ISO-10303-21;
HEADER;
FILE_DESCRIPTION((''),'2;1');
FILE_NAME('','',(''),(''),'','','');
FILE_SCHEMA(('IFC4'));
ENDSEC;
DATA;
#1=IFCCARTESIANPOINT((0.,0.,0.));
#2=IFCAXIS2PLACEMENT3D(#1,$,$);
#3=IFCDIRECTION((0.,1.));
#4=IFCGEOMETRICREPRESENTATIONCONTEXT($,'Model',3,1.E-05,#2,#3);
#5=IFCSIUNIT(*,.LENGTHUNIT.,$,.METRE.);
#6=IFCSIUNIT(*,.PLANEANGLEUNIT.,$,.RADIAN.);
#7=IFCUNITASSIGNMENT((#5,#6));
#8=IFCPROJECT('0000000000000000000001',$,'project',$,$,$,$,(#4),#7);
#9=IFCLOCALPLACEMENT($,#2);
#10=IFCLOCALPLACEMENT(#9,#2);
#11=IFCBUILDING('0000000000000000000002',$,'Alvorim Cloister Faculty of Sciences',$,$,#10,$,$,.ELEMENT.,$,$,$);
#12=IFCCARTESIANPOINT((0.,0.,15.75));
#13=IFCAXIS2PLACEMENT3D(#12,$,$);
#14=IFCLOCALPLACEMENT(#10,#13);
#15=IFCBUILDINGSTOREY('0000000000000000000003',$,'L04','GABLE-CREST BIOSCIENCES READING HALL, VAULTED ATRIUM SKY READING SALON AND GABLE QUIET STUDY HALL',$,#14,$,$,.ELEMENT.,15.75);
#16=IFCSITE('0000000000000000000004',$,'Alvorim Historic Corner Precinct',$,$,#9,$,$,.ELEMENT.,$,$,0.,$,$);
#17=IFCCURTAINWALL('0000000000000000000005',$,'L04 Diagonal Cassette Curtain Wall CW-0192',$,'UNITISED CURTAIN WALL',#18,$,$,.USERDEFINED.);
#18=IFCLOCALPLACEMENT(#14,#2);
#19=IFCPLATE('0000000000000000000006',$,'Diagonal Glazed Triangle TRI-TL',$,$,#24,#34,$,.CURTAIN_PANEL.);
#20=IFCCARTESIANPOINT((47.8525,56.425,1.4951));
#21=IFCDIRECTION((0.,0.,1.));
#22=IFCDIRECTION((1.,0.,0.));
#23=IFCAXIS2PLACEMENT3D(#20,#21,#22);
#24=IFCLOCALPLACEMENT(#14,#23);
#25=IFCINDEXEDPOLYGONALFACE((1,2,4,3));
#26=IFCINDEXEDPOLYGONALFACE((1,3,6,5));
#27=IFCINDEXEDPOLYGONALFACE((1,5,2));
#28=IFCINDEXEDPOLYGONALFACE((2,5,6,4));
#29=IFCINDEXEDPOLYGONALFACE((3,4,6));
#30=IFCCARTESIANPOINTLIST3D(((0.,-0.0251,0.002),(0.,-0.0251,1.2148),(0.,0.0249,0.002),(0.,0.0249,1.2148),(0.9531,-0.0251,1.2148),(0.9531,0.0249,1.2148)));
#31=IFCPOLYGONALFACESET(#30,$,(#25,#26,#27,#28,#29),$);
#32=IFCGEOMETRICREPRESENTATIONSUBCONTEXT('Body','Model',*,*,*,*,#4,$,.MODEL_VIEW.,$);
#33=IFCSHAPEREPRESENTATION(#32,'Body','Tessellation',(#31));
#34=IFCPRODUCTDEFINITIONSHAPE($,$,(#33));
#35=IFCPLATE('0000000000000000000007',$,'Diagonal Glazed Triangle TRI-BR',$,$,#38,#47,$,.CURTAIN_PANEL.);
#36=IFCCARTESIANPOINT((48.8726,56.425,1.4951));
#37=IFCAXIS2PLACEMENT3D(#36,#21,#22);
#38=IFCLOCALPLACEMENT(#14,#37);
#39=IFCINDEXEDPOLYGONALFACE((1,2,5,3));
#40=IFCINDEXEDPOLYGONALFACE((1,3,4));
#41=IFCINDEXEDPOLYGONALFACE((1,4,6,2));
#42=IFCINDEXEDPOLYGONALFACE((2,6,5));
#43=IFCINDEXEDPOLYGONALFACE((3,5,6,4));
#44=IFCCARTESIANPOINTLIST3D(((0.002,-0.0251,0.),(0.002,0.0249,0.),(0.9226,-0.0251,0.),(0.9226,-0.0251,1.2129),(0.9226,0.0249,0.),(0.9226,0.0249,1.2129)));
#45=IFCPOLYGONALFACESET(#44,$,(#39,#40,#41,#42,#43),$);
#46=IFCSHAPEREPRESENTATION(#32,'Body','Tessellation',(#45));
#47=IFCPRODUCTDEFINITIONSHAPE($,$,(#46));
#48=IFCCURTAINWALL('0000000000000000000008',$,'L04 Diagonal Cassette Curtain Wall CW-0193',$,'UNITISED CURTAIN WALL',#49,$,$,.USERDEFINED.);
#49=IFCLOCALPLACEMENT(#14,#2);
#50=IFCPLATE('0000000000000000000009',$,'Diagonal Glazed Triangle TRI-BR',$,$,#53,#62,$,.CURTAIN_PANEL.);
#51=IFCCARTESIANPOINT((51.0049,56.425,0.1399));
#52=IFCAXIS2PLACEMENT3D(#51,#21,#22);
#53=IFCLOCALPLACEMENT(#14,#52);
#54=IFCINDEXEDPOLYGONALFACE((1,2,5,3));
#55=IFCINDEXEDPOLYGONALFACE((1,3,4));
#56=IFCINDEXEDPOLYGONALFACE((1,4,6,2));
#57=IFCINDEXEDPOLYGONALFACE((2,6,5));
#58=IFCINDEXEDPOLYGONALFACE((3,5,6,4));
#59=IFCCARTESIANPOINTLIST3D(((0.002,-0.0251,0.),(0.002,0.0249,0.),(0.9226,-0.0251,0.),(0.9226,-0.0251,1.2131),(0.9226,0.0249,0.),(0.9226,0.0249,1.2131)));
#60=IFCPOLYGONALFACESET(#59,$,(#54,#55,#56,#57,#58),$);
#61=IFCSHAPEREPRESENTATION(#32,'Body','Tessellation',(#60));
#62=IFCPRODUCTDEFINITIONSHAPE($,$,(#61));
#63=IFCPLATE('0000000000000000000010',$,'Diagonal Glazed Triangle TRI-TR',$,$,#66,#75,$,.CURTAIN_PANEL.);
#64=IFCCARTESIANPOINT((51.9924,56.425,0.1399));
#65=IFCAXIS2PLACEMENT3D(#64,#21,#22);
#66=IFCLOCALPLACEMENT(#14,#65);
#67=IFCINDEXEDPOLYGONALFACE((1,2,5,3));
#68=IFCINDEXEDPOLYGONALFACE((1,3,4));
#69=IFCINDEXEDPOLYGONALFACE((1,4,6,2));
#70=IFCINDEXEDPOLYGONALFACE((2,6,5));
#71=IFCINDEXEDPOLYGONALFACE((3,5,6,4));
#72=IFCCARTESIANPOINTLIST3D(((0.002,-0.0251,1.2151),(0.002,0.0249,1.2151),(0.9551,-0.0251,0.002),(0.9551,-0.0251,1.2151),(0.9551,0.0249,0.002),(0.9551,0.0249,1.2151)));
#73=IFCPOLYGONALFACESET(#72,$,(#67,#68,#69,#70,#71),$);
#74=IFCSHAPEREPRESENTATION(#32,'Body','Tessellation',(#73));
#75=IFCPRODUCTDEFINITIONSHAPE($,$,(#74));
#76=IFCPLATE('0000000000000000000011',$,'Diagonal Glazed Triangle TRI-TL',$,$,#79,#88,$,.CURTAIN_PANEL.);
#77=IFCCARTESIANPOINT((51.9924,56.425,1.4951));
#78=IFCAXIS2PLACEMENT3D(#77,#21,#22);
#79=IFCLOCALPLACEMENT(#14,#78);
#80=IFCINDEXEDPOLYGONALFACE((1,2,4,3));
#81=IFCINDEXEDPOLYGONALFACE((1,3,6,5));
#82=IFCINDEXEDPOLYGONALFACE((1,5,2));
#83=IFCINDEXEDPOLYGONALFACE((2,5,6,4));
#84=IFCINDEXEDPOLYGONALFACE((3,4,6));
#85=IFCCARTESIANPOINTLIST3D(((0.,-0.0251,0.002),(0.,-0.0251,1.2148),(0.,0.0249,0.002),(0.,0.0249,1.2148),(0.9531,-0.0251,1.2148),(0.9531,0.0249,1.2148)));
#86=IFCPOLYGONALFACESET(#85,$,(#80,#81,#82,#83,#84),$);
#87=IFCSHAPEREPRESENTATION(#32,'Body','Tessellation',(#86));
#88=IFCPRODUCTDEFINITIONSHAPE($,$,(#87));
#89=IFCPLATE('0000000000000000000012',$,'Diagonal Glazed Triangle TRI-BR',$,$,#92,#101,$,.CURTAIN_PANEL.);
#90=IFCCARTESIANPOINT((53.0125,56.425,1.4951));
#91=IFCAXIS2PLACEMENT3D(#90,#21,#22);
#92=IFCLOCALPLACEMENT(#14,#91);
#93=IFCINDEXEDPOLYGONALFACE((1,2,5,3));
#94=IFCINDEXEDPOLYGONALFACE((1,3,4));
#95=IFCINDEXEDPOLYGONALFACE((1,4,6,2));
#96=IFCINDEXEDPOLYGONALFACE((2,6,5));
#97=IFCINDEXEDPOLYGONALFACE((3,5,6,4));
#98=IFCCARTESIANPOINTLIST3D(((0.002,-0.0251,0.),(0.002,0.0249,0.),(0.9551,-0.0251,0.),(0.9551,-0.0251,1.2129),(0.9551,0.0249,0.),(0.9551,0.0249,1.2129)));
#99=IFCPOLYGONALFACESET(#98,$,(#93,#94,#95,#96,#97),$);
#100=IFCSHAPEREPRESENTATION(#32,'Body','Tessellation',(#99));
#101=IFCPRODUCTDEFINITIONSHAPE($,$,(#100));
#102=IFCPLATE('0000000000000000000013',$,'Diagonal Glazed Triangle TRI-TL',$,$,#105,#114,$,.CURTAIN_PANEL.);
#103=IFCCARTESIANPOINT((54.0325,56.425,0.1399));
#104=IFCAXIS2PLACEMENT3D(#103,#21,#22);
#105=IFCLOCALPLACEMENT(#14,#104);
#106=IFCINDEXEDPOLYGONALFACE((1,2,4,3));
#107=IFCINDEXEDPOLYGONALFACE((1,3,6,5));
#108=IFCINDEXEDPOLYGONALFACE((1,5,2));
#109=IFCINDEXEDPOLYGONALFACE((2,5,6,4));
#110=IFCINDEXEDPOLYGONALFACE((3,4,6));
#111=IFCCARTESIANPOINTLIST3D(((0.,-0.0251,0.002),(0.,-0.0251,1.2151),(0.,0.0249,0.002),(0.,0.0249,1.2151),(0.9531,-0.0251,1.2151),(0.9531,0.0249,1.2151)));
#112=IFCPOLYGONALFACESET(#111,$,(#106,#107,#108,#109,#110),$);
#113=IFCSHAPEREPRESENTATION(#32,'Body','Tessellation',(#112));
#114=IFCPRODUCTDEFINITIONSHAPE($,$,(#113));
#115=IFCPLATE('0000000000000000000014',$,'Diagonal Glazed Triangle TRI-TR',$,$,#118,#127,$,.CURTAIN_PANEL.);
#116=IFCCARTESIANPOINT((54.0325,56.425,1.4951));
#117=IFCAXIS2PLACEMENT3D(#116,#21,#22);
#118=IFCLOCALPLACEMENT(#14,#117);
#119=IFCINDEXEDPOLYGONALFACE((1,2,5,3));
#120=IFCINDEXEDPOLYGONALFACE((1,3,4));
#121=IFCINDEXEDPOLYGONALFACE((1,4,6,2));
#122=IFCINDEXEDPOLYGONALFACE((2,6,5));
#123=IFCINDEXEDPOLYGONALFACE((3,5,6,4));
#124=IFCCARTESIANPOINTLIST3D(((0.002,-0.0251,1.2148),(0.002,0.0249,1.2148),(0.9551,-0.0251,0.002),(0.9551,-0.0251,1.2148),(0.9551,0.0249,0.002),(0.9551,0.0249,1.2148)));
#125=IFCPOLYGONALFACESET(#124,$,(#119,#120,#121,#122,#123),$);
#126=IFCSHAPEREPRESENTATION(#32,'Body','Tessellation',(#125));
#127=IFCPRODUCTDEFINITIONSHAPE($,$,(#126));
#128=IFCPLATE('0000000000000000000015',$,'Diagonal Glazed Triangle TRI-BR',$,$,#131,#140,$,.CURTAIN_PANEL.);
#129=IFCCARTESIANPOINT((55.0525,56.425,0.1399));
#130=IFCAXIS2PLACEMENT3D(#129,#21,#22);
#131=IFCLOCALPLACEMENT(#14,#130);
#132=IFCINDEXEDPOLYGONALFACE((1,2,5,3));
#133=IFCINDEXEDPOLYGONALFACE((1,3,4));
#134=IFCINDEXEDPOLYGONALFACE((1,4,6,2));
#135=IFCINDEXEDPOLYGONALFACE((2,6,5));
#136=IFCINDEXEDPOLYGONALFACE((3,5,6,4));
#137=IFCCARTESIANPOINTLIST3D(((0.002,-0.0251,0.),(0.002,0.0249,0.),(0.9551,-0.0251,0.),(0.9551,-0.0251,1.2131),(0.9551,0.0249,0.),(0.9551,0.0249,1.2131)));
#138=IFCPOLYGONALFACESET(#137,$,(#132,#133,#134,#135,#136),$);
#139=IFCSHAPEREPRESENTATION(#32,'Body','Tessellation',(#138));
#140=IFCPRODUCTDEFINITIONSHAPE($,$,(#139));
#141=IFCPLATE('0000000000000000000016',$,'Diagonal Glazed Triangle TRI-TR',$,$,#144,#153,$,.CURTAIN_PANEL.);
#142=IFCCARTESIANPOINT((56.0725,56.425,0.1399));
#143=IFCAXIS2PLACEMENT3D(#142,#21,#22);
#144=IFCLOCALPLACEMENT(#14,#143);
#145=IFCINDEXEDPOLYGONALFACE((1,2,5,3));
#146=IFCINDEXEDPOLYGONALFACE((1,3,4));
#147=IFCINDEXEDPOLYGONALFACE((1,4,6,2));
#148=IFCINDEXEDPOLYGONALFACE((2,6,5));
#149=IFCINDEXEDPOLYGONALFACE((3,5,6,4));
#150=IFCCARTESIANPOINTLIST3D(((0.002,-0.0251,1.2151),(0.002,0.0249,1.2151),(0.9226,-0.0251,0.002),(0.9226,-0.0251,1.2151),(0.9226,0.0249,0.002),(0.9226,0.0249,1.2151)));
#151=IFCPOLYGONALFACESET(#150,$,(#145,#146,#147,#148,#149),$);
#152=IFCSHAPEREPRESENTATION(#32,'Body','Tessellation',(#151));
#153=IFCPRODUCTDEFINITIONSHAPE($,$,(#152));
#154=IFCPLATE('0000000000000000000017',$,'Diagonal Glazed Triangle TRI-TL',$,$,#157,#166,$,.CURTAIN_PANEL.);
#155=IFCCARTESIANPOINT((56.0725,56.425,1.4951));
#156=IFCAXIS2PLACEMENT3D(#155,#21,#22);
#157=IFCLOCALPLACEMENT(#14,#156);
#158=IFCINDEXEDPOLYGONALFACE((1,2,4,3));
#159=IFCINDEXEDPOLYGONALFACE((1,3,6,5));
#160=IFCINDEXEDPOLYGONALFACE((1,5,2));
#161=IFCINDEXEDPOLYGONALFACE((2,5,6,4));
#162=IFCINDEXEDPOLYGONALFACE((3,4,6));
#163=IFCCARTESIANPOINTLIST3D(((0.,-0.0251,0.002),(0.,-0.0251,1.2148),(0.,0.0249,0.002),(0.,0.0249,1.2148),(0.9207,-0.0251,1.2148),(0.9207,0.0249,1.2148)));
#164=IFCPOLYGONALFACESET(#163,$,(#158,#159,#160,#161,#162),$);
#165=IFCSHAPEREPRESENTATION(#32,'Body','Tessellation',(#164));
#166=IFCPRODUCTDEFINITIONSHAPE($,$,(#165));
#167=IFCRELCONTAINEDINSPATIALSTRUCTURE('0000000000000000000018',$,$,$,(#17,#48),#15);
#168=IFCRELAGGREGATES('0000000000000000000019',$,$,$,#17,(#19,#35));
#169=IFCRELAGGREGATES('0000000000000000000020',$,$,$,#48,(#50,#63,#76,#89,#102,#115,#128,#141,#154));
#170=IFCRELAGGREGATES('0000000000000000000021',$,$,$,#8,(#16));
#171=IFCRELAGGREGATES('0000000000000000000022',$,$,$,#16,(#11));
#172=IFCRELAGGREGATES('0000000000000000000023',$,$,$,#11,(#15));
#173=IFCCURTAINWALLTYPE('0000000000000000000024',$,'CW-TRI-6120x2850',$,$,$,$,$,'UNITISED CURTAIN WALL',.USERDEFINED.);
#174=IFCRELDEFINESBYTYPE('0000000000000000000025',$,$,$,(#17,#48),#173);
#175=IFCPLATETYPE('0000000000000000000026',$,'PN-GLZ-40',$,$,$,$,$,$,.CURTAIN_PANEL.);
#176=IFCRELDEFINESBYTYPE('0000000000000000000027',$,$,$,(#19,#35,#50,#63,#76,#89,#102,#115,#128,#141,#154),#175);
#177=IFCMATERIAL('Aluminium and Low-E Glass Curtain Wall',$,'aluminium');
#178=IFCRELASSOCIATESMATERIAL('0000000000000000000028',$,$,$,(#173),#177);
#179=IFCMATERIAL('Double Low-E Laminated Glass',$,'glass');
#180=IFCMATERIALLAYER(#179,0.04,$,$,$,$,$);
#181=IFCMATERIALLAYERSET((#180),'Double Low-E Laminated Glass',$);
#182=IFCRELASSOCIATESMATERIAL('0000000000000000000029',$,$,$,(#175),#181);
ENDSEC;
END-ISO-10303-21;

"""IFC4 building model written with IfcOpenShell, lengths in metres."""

from ifc_helpers import new_model, si_unit, direction, frame, origin, place, context, subcontext, project, spatial, polyline, outline, extrude, material, layer, layer_set, type_object, element, aggregate, save


model = new_model("IFC4")

# Units and contexts
model_context = context("Model", 3, precision=1e-05, world=origin(), true_north=direction((0.0, 1.0)))
body_context = subcontext(model_context, "Body", "Model", "MODEL_VIEW")
ifc_project = project(units=[si_unit("LENGTHUNIT", "METRE"), si_unit("PLANEANGLEUNIT", "RADIAN")], contexts=[model_context])

# Site, building, storey
site_placement = place(None, origin())
site = spatial("IfcSite", under=ifc_project, at=site_placement, Name="Alvorim Historic Corner Precinct", CompositionType="ELEMENT", RefElevation=0.0)
building_placement = place(site_placement, origin())
building = spatial("IfcBuilding", under=site, at=building_placement, Name="Alvorim Cloister Faculty of Sciences", CompositionType="ELEMENT")
storey_placement = place(building_placement, frame((0.0, 0.0, 15.75)))
storey = spatial("IfcBuildingStorey", under=building, at=storey_placement, Name="L04", Description="GABLE-CREST BIOSCIENCES READING HALL, VAULTED ATRIUM SKY READING SALON AND GABLE QUIET STUDY HALL", CompositionType="ELEMENT", Elevation=15.75)

# Curtain walls, plates
ifc_material_1 = material(Name="Aluminium and Low-E Glass Curtain Wall", Category="aluminium")
curtain_wall_type = type_object("IfcCurtainWallType", Name="CW-TRI-6120x2850", ElementType="UNITISED CURTAIN WALL", PredefinedType="USERDEFINED", material=ifc_material_1)
curtain_wall_1_placement = place(storey_placement, origin())
curtain_wall_1 = element("IfcCurtainWall", 1, at=curtain_wall_1_placement, inside=storey, type_object=curtain_wall_type, Name="L04 Diagonal Cassette Curtain Wall CW-0192", ObjectType="UNITISED CURTAIN WALL", PredefinedType="USERDEFINED")
ifc_material_2 = material(Name="Double Low-E Laminated Glass", Category="glass")
ifc_layer_1 = layer(ifc_material_2, 0.04)
ifc_layer_set_1 = layer_set([ifc_layer_1], Name="Double Low-E Laminated Glass")
plate_type = type_object("IfcPlateType", Name="PN-GLZ-40", PredefinedType="CURTAIN_PANEL", material=ifc_layer_set_1)
plate_1_placement = place(storey_placement, frame((47.8525, 56.425, 1.4951), z_axis=(0.0, 0.0, 1.0), x_axis=(1.0, 0.0, 0.0)))
plate_1 = element("IfcPlate", 2, at=plate_1_placement, type_object=plate_type, Name="Diagonal Glazed Triangle TRI-TL", PredefinedType="CURTAIN_PANEL", context=body_context, shape_type="SweptSolid", body=[
    extrude(outline(polyline([(0.9531, 1.2148), (0.0, 1.2148), (0.0, 0.002), (0.9531, 1.2148)])), frame((0.0, 0.0249, 0.0), z_axis=(0.0, -1.0, 0.0), x_axis=(1.0, 0.0, 0.0)), (0.0, 0.0, 1.0), 0.05),
])
plate_2_placement = place(storey_placement, frame((48.8726, 56.425, 1.4951), z_axis=(0.0, 0.0, 1.0), x_axis=(1.0, 0.0, 0.0)))
plate_2 = element("IfcPlate", 3, at=plate_2_placement, type_object=plate_type, Name="Diagonal Glazed Triangle TRI-BR", PredefinedType="CURTAIN_PANEL", context=body_context, shape_type="SweptSolid", body=[
    extrude(outline(polyline([(0.002, 0.0), (0.9226, 0.0), (0.9226, 1.2129), (0.002, 0.0)])), frame((0.0, 0.0249, 0.0), z_axis=(0.0, -1.0, 0.0), x_axis=(1.0, 0.0, 0.0)), (0.0, 0.0, 1.0), 0.05),
])
aggregate(curtain_wall_1, [plate_1, plate_2])
curtain_wall_2_placement = place(storey_placement, origin())
curtain_wall_2 = element("IfcCurtainWall", 4, at=curtain_wall_2_placement, inside=storey, type_object=curtain_wall_type, Name="L04 Diagonal Cassette Curtain Wall CW-0193", ObjectType="UNITISED CURTAIN WALL", PredefinedType="USERDEFINED")
plate_3_placement = place(storey_placement, frame((51.0049, 56.425, 0.1399), z_axis=(0.0, 0.0, 1.0), x_axis=(1.0, 0.0, 0.0)))
plate_3 = element("IfcPlate", 5, at=plate_3_placement, type_object=plate_type, Name="Diagonal Glazed Triangle TRI-BR", PredefinedType="CURTAIN_PANEL", context=body_context, shape_type="SweptSolid", body=[
    extrude(outline(polyline([(0.002, 0.0), (0.9226, 0.0), (0.9226, 1.2131), (0.002, 0.0)])), frame((0.0, 0.0249, 0.0), z_axis=(0.0, -1.0, 0.0), x_axis=(1.0, 0.0, 0.0)), (0.0, 0.0, 1.0), 0.05),
])
plate_4_placement = place(storey_placement, frame((51.9924, 56.425, 0.1399), z_axis=(0.0, 0.0, 1.0), x_axis=(1.0, 0.0, 0.0)))
plate_4 = element("IfcPlate", 6, at=plate_4_placement, type_object=plate_type, Name="Diagonal Glazed Triangle TRI-TR", PredefinedType="CURTAIN_PANEL", context=body_context, shape_type="SweptSolid", body=[
    extrude(outline(polyline([(0.9551, 0.002), (0.9551, 1.2151), (0.002, 1.2151), (0.9551, 0.002)])), frame((0.0, 0.0249, 0.0), z_axis=(0.0, -1.0, 0.0), x_axis=(1.0, 0.0, 0.0)), (0.0, 0.0, 1.0), 0.05),
])
plate_5_placement = place(storey_placement, frame((51.9924, 56.425, 1.4951), z_axis=(0.0, 0.0, 1.0), x_axis=(1.0, 0.0, 0.0)))
plate_5 = element("IfcPlate", 7, at=plate_5_placement, type_object=plate_type, Name="Diagonal Glazed Triangle TRI-TL", PredefinedType="CURTAIN_PANEL", context=body_context, shape_type="SweptSolid", body=[
    extrude(outline(polyline([(0.9531, 1.2148), (0.0, 1.2148), (0.0, 0.002), (0.9531, 1.2148)])), frame((0.0, 0.0249, 0.0), z_axis=(0.0, -1.0, 0.0), x_axis=(1.0, 0.0, 0.0)), (0.0, 0.0, 1.0), 0.05),
])
plate_6_placement = place(storey_placement, frame((53.0125, 56.425, 1.4951), z_axis=(0.0, 0.0, 1.0), x_axis=(1.0, 0.0, 0.0)))
plate_6 = element("IfcPlate", 8, at=plate_6_placement, type_object=plate_type, Name="Diagonal Glazed Triangle TRI-BR", PredefinedType="CURTAIN_PANEL", context=body_context, shape_type="SweptSolid", body=[
    extrude(outline(polyline([(0.002, 0.0), (0.9551, 0.0), (0.9551, 1.2129), (0.002, 0.0)])), frame((0.0, 0.0249, 0.0), z_axis=(0.0, -1.0, 0.0), x_axis=(1.0, 0.0, 0.0)), (0.0, 0.0, 1.0), 0.05),
])
plate_7_placement = place(storey_placement, frame((54.0325, 56.425, 0.1399), z_axis=(0.0, 0.0, 1.0), x_axis=(1.0, 0.0, 0.0)))
plate_7 = element("IfcPlate", 9, at=plate_7_placement, type_object=plate_type, Name="Diagonal Glazed Triangle TRI-TL", PredefinedType="CURTAIN_PANEL", context=body_context, shape_type="SweptSolid", body=[
    extrude(outline(polyline([(0.9531, 1.2151), (0.0, 1.2151), (0.0, 0.002), (0.9531, 1.2151)])), frame((0.0, 0.0249, 0.0), z_axis=(0.0, -1.0, 0.0), x_axis=(1.0, 0.0, 0.0)), (0.0, 0.0, 1.0), 0.05),
])
plate_8_placement = place(storey_placement, frame((54.0325, 56.425, 1.4951), z_axis=(0.0, 0.0, 1.0), x_axis=(1.0, 0.0, 0.0)))
plate_8 = element("IfcPlate", 10, at=plate_8_placement, type_object=plate_type, Name="Diagonal Glazed Triangle TRI-TR", PredefinedType="CURTAIN_PANEL", context=body_context, shape_type="SweptSolid", body=[
    extrude(outline(polyline([(0.9551, 0.002), (0.9551, 1.2148), (0.002, 1.2148), (0.9551, 0.002)])), frame((0.0, 0.0249, 0.0), z_axis=(0.0, -1.0, 0.0), x_axis=(1.0, 0.0, 0.0)), (0.0, 0.0, 1.0), 0.05),
])
plate_9_placement = place(storey_placement, frame((55.0525, 56.425, 0.1399), z_axis=(0.0, 0.0, 1.0), x_axis=(1.0, 0.0, 0.0)))
plate_9 = element("IfcPlate", 11, at=plate_9_placement, type_object=plate_type, Name="Diagonal Glazed Triangle TRI-BR", PredefinedType="CURTAIN_PANEL", context=body_context, shape_type="SweptSolid", body=[
    extrude(outline(polyline([(0.002, 0.0), (0.9551, 0.0), (0.9551, 1.2131), (0.002, 0.0)])), frame((0.0, 0.0249, 0.0), z_axis=(0.0, -1.0, 0.0), x_axis=(1.0, 0.0, 0.0)), (0.0, 0.0, 1.0), 0.05),
])
plate_10_placement = place(storey_placement, frame((56.0725, 56.425, 0.1399), z_axis=(0.0, 0.0, 1.0), x_axis=(1.0, 0.0, 0.0)))
plate_10 = element("IfcPlate", 12, at=plate_10_placement, type_object=plate_type, Name="Diagonal Glazed Triangle TRI-TR", PredefinedType="CURTAIN_PANEL", context=body_context, shape_type="SweptSolid", body=[
    extrude(outline(polyline([(0.9226, 0.002), (0.9226, 1.2151), (0.002, 1.2151), (0.9226, 0.002)])), frame((0.0, 0.0249, 0.0), z_axis=(0.0, -1.0, 0.0), x_axis=(1.0, 0.0, 0.0)), (0.0, 0.0, 1.0), 0.05),
])
plate_11_placement = place(storey_placement, frame((56.0725, 56.425, 1.4951), z_axis=(0.0, 0.0, 1.0), x_axis=(1.0, 0.0, 0.0)))
plate_11 = element("IfcPlate", 13, at=plate_11_placement, type_object=plate_type, Name="Diagonal Glazed Triangle TRI-TL", PredefinedType="CURTAIN_PANEL", context=body_context, shape_type="SweptSolid", body=[
    extrude(outline(polyline([(0.9207, 1.2148), (0.0, 1.2148), (0.0, 0.002), (0.9207, 1.2148)])), frame((0.0, 0.0249, 0.0), z_axis=(0.0, -1.0, 0.0), x_axis=(1.0, 0.0, 0.0)), (0.0, 0.0, 1.0), 0.05),
])
aggregate(curtain_wall_2, [plate_3, plate_4, plate_5, plate_6, plate_7, plate_8, plate_9, plate_10, plate_11])

save(model, "model.ifc")
